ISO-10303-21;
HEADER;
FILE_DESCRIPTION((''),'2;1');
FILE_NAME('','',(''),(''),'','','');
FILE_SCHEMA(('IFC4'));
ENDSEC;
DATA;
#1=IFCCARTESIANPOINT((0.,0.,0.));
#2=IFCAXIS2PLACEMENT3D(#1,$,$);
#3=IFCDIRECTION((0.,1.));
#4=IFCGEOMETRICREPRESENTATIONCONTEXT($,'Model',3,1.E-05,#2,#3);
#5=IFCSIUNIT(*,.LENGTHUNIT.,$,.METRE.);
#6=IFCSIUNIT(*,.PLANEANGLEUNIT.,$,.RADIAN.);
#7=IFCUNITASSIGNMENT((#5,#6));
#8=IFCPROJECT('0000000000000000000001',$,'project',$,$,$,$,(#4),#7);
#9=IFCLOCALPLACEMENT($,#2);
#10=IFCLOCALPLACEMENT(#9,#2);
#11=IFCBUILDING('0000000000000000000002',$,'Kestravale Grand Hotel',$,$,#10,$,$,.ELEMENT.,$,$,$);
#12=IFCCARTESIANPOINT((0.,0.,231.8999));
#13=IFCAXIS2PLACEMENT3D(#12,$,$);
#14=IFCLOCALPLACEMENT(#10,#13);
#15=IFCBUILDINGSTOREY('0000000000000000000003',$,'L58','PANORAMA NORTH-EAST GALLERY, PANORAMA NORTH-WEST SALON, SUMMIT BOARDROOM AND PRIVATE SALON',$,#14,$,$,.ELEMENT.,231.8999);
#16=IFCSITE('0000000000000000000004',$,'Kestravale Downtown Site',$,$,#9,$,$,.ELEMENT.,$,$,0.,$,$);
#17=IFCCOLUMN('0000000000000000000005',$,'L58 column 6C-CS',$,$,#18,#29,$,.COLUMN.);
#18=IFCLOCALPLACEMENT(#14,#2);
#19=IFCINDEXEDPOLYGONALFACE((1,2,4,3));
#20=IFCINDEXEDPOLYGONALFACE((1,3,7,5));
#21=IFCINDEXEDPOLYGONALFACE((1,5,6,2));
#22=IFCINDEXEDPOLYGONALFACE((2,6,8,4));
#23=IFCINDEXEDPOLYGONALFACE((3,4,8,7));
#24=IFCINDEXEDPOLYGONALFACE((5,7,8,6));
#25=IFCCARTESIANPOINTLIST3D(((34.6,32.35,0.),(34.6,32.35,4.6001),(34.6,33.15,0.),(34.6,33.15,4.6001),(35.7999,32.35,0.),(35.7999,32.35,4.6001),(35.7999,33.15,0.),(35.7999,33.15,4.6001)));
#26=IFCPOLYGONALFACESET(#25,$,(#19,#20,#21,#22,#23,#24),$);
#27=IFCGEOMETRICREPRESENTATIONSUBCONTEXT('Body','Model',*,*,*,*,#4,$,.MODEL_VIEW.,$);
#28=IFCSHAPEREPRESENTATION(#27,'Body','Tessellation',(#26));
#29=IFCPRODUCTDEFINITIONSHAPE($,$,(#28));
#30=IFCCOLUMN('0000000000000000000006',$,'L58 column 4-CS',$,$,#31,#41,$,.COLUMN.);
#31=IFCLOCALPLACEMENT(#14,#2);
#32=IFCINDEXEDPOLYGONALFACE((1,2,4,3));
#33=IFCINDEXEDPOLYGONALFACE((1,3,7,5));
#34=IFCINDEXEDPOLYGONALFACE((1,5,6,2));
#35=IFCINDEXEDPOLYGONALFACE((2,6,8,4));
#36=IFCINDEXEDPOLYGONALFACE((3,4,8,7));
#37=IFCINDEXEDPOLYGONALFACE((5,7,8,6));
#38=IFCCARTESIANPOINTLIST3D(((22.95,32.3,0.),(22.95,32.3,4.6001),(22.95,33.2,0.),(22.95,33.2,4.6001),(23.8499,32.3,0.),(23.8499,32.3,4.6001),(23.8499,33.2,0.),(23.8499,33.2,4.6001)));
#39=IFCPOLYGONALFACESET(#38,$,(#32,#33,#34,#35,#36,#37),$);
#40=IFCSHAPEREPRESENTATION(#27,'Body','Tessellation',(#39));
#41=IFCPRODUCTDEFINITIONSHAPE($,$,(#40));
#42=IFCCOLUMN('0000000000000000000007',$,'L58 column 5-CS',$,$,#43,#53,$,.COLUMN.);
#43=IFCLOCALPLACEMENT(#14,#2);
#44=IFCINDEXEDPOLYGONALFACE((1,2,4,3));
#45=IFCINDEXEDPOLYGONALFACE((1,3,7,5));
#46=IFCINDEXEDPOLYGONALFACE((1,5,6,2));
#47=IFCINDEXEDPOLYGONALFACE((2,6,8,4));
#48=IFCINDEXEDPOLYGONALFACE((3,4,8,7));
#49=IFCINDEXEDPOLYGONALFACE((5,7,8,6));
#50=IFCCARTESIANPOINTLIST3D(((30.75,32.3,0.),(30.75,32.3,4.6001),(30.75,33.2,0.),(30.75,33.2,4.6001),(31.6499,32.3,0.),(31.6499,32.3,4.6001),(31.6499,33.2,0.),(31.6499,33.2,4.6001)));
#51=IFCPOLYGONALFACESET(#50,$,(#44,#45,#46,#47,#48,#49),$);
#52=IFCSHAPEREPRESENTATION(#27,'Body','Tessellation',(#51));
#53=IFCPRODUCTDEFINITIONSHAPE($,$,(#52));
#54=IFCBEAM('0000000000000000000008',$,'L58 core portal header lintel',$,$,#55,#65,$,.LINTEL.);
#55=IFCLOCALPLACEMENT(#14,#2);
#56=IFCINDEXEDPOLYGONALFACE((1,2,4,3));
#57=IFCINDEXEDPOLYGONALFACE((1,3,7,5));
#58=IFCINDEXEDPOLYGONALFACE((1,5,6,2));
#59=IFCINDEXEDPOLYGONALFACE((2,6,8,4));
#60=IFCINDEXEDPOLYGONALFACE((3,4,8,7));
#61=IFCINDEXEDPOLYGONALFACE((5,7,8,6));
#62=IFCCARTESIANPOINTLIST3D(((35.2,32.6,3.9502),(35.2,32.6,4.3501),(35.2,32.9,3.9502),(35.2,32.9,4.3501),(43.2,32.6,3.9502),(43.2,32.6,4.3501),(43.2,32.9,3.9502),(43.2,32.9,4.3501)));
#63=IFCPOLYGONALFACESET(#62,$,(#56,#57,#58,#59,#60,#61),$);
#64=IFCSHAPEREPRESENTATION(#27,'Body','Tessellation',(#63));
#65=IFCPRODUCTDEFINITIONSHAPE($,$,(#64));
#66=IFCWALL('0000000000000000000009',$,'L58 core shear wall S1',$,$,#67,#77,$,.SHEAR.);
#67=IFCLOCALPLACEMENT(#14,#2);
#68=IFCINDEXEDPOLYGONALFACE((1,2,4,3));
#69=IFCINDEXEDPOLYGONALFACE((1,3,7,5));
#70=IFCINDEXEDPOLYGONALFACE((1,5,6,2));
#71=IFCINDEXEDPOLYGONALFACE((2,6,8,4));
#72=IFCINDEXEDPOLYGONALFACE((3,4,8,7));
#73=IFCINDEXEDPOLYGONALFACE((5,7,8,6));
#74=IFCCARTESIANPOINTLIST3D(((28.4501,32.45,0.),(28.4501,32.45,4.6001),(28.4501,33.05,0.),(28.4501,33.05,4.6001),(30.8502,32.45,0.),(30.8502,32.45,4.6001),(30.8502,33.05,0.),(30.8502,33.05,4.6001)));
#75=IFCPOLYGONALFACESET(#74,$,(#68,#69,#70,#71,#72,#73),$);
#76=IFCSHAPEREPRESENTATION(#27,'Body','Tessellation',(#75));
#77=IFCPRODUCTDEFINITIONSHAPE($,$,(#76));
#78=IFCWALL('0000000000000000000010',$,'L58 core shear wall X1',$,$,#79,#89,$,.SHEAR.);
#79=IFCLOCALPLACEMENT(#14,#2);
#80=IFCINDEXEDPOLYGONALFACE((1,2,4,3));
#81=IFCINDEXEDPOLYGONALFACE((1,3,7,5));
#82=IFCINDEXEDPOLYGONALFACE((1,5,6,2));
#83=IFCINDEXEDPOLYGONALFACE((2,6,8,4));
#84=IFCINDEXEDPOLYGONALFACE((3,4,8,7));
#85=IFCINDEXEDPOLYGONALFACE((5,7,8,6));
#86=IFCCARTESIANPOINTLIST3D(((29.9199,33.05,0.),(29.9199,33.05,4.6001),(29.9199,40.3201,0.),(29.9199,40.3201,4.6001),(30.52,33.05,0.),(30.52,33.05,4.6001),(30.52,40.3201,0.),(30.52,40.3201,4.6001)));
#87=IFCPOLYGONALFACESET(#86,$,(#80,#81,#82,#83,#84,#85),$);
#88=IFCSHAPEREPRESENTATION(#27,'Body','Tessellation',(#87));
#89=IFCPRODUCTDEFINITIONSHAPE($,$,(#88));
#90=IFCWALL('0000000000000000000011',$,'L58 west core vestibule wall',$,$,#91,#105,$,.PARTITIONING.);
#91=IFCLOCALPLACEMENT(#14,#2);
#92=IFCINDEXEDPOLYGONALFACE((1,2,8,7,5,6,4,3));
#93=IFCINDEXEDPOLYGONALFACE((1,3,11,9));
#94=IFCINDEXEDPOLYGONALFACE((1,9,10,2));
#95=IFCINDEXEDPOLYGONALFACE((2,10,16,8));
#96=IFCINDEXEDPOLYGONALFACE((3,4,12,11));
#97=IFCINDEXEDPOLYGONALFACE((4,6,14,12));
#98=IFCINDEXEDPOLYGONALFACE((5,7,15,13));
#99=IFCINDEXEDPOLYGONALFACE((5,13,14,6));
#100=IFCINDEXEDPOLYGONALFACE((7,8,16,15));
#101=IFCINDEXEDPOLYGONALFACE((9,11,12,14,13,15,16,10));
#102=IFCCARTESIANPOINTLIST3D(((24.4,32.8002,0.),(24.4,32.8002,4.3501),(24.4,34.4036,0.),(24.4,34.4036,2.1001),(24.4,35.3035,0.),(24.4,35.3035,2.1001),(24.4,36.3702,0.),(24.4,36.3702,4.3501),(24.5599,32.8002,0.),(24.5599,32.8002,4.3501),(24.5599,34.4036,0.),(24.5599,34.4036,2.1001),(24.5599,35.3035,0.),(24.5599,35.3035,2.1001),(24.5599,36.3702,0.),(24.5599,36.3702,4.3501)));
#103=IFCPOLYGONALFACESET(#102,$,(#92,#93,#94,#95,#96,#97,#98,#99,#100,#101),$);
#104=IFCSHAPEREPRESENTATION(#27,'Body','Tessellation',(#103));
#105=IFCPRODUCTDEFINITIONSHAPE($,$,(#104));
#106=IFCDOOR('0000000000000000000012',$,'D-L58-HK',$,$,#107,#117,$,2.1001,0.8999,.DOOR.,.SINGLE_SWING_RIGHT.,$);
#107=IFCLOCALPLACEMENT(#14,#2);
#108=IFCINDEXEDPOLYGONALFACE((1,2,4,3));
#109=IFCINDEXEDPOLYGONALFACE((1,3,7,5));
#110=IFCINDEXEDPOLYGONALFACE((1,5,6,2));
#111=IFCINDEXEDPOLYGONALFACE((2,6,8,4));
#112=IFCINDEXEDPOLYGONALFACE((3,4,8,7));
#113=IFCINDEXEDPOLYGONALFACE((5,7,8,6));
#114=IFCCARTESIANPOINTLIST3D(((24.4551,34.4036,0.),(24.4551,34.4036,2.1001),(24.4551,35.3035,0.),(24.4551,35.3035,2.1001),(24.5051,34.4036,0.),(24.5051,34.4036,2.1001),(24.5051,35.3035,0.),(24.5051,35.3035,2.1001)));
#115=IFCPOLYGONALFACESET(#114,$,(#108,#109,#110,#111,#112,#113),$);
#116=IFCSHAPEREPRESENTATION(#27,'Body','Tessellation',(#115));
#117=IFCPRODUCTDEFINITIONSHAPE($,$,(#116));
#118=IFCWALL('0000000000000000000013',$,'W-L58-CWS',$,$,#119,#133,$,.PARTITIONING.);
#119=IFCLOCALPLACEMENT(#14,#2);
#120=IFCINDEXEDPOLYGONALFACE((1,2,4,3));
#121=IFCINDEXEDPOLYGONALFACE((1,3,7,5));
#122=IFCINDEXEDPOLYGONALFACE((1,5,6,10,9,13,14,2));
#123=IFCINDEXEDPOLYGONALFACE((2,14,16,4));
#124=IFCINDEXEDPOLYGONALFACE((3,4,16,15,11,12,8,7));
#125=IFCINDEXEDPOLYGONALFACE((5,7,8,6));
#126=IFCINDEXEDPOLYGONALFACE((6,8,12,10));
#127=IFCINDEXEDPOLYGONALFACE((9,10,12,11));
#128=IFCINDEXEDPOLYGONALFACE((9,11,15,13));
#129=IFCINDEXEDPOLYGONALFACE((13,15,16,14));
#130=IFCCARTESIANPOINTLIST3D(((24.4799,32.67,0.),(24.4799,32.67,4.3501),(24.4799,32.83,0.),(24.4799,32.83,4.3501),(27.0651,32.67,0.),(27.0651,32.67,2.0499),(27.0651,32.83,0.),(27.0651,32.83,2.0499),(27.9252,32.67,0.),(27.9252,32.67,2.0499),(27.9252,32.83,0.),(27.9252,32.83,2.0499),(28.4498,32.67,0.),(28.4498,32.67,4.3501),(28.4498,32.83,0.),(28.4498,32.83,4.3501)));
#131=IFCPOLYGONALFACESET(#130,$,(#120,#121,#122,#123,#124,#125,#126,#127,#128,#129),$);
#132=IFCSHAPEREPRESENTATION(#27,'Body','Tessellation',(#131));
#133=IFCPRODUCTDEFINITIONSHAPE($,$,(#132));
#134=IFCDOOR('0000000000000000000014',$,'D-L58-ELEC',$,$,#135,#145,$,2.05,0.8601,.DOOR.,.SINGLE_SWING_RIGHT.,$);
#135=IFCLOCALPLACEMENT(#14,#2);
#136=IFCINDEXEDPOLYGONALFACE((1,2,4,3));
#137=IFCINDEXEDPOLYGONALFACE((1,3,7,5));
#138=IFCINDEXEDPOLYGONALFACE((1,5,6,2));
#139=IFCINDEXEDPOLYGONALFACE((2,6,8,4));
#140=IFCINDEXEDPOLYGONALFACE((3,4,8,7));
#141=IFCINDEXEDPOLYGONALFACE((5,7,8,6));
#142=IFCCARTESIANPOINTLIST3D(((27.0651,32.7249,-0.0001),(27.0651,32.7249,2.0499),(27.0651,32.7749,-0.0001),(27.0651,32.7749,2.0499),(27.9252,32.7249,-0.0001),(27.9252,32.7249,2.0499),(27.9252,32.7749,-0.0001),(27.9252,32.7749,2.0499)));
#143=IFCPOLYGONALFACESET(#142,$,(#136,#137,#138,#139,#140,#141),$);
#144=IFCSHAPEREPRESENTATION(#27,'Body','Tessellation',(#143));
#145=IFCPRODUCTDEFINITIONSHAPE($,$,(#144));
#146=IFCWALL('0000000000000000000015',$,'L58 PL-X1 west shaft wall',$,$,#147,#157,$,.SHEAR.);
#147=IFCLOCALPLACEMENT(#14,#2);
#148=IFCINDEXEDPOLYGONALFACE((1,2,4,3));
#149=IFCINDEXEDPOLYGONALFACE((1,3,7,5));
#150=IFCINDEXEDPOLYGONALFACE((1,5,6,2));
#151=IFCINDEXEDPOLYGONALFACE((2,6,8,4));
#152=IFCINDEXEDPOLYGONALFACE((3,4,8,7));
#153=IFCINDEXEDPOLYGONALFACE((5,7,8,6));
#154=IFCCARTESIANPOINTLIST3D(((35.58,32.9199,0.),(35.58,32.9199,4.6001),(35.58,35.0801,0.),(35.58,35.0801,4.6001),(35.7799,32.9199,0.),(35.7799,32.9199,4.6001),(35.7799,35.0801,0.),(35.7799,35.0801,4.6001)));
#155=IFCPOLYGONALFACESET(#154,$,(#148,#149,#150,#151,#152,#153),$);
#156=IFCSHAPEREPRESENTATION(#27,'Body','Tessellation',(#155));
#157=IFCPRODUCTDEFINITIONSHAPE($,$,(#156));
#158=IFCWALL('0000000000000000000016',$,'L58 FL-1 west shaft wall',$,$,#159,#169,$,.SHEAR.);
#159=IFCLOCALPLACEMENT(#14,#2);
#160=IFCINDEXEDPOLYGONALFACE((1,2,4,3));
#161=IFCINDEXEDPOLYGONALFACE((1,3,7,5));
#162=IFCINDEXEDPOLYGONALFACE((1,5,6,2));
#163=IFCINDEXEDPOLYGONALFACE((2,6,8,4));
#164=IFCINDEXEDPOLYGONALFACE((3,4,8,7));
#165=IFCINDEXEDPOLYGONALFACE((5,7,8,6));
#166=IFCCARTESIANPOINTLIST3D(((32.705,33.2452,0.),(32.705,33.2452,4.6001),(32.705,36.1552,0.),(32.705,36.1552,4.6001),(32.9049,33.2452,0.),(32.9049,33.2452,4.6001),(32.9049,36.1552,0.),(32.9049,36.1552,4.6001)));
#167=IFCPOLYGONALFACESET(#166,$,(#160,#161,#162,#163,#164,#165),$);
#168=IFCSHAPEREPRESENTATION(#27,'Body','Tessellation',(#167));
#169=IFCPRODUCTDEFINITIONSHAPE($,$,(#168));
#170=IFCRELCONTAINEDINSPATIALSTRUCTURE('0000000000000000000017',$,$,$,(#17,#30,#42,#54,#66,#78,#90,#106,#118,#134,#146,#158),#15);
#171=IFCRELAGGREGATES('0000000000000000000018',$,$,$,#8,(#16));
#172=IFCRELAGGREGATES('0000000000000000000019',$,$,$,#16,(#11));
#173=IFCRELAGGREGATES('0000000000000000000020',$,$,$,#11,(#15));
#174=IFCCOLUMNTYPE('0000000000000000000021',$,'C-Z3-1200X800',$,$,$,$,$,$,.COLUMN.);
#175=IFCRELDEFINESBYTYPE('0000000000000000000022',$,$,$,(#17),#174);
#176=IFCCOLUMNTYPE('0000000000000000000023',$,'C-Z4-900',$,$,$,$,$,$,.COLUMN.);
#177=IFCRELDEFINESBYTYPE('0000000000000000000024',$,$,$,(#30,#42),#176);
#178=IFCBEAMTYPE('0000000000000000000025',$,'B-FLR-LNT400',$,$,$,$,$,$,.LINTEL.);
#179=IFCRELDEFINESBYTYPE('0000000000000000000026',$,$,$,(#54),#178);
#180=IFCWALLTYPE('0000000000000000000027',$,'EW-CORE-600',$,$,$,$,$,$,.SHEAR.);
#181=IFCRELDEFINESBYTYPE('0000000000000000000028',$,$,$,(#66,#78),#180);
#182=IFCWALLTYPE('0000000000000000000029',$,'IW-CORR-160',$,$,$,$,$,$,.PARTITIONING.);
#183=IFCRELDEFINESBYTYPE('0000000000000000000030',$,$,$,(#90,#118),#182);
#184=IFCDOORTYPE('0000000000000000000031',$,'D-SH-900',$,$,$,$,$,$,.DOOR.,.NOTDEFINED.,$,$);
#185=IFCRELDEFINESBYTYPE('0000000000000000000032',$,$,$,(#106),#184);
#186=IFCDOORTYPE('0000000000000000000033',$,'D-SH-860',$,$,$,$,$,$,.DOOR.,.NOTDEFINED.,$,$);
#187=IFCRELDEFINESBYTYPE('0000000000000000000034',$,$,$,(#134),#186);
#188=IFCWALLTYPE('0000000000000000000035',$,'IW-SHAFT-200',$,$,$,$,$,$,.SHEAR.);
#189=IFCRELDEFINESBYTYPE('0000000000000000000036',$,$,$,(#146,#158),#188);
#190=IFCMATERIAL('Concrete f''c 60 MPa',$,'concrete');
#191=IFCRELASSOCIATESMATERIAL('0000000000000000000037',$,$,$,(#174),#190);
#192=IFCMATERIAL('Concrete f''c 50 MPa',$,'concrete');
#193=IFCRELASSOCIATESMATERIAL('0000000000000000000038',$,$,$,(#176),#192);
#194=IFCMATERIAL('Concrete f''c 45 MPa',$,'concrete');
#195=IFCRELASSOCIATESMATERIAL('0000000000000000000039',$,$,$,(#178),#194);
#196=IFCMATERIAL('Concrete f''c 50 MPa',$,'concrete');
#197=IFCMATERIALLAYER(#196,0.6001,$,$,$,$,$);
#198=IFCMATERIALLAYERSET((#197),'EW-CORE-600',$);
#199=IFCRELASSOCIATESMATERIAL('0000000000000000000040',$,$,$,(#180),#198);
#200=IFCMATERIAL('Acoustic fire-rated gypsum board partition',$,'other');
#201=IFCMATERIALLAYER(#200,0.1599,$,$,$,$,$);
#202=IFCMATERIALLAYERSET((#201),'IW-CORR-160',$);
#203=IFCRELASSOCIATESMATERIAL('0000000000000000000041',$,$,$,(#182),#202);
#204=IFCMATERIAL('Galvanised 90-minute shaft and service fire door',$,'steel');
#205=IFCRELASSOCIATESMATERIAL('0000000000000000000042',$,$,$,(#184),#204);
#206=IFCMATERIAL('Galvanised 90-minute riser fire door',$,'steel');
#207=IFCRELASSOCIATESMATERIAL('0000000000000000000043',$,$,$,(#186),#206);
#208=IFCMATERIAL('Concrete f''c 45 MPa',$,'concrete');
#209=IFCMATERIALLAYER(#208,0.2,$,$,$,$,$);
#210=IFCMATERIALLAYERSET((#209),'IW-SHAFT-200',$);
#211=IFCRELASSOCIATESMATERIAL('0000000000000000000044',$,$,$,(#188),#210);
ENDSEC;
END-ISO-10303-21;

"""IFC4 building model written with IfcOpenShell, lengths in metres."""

from ifc_helpers import new_model, si_unit, direction, frame, frame_2d, origin, origin_2d, place, context, subcontext, project, spatial, rectangle, extrude, material, layer, layer_set, material_profile, profile_set, type_object, element, fill, save


model = new_model("IFC4")

# Units and contexts
model_context = context("Model", 3, precision=1e-05, world=origin(), true_north=direction((0.0, 1.0)))
body_context = subcontext(model_context, "Body", "Model", "MODEL_VIEW")
ifc_project = project(units=[si_unit("LENGTHUNIT", "METRE"), si_unit("PLANEANGLEUNIT", "RADIAN")], contexts=[model_context])

# Site, building, storey
site_placement = place(None, origin())
site = spatial("IfcSite", under=ifc_project, at=site_placement, Name="Kestravale Downtown Site", CompositionType="ELEMENT", RefElevation=0.0)
building_placement = place(site_placement, origin())
building = spatial("IfcBuilding", under=site, at=building_placement, Name="Kestravale Grand Hotel", CompositionType="ELEMENT")
storey_placement = place(building_placement, frame((0.0, 0.0, 231.8999)))
storey = spatial("IfcBuildingStorey", under=building, at=storey_placement, Name="L58", Description="PANORAMA NORTH-EAST GALLERY, PANORAMA NORTH-WEST SALON, SUMMIT BOARDROOM AND PRIVATE SALON", CompositionType="ELEMENT", Elevation=231.8999)

# Columns
ifc_material_1 = material(Name="Concrete f'c 60 MPa", Category="concrete")
ifc_material_profile_1 = material_profile(ifc_material_1, rectangle(XDim=1.2, YDim=0.8, at=origin_2d()))
ifc_profile_set_1 = profile_set([ifc_material_profile_1], Name="Concrete f'c 60 MPa")
column_type_1 = type_object("IfcColumnType", Name="C-Z3-1200X800", PredefinedType="COLUMN", material=ifc_profile_set_1)
column_placement = place(storey_placement, frame((35.2, 32.75, 0.0), z_axis=(0.0, 0.0, 1.0), x_axis=(1.0, 0.0, 0.0)))
element("IfcColumn", 1, at=column_placement, inside=storey, type_object=column_type_1, Name="L58 column 6C-CS", PredefinedType="COLUMN", context=body_context, shape_type="SweptSolid", body=[
    extrude(rectangle(XDim=1.2, YDim=0.8, at=origin_2d()), origin(), (0.0, 0.0, 1.0), 4.6001),
])
ifc_material_2 = material(Name="Concrete f'c 50 MPa", Category="concrete")
ifc_material_profile_2 = material_profile(ifc_material_2, rectangle(XDim=0.8999, YDim=0.8999, at=origin_2d()))
ifc_profile_set_2 = profile_set([ifc_material_profile_2], Name="Concrete f'c 50 MPa")
column_type_2 = type_object("IfcColumnType", Name="C-Z4-900", PredefinedType="COLUMN", material=ifc_profile_set_2)
for number, where, z_axis, x_axis, name in (
    (2, (23.3999, 32.75, 0.0), (0.0, 0.0, 1.0), (1.0, 0.0, 0.0), "L58 column 4-CS"),
    (3, (31.2, 32.75, 0.0), (0.0, 0.0, 1.0), (1.0, 0.0, 0.0), "L58 column 5-CS"),
):
    element("IfcColumn", number, at=place(storey_placement, frame(where, z_axis=z_axis, x_axis=x_axis)), inside=storey, type_object=column_type_2, Name=name, PredefinedType="COLUMN", context=body_context, shape_type="SweptSolid", body=[
        extrude(rectangle(XDim=0.8999, YDim=0.8999, at=origin_2d()), origin(), (0.0, 0.0, 1.0), 4.6001),
    ])

# Beam
ifc_material_3 = material(Name="Concrete f'c 45 MPa", Category="concrete")
ifc_material_profile_3 = material_profile(ifc_material_3, rectangle(XDim=0.3, YDim=0.3999, at=origin_2d()))
ifc_profile_set_3 = profile_set([ifc_material_profile_3], Name="Concrete f'c 45 MPa")
beam_type = type_object("IfcBeamType", Name="B-FLR-LNT400", PredefinedType="LINTEL", material=ifc_profile_set_3)
beam_placement = place(storey_placement, frame((35.2, 32.75, 4.1501), z_axis=(1.0, 0.0, 0.0), x_axis=(0.0, 1.0, 0.0)))
element("IfcBeam", 4, at=beam_placement, inside=storey, type_object=beam_type, Name="L58 core portal header lintel", PredefinedType="LINTEL", context=body_context, shape_type="SweptSolid", body=[
    extrude(rectangle(XDim=0.3, YDim=0.3999, at=origin_2d()), origin(), (0.0, 0.0, 1.0), 8.0),
])

# Walls
ifc_material_4 = material(Name="Concrete f'c 50 MPa", Category="concrete")
ifc_layer_1 = layer(ifc_material_4, 0.6001)
ifc_layer_set_1 = layer_set([ifc_layer_1], Name="EW-CORE-600")
wall_type_1 = type_object("IfcWallType", Name="EW-CORE-600", PredefinedType="SHEAR", material=ifc_layer_set_1)
wall_1_placement = place(storey_placement, frame((28.45, 32.75, 0.0), z_axis=(0.0, 0.0, 1.0), x_axis=(1.0, 0.0, 0.0)))
element("IfcWall", 5, at=wall_1_placement, inside=storey, type_object=wall_type_1, Name="L58 core shear wall S1", PredefinedType="SHEAR", context=body_context, shape_type="SweptSolid", body=[
    extrude(rectangle(XDim=2.4001, YDim=0.6001, at=frame_2d((1.2002, 0.0))), origin(), (0.0, 0.0, 1.0), 4.6001),
])
wall_2_placement = place(storey_placement, frame((30.22, 33.05, 0.0), z_axis=(0.0, 0.0, 1.0), x_axis=(0.0, 1.0, 0.0)))
element("IfcWall", 6, at=wall_2_placement, inside=storey, type_object=wall_type_1, Name="L58 core shear wall X1", PredefinedType="SHEAR", context=body_context, shape_type="SweptSolid", body=[
    extrude(rectangle(XDim=7.27, YDim=0.6001, at=frame_2d((3.635, 0.0))), origin(), (0.0, 0.0, 1.0), 4.6001),
])

# Walls, openings, doors
ifc_material_5 = material(Name="Acoustic fire-rated gypsum board partition", Category="other")
ifc_layer_2 = layer(ifc_material_5, 0.1599)
ifc_layer_set_2 = layer_set([ifc_layer_2], Name="IW-CORR-160")
wall_type_2 = type_object("IfcWallType", Name="IW-CORR-160", PredefinedType="PARTITIONING", material=ifc_layer_set_2)
wall_3_placement = place(storey_placement, frame((24.48, 32.8, 0.0), z_axis=(0.0, 0.0, 1.0), x_axis=(0.0, 1.0, 0.0)))
wall_3 = element("IfcWall", 7, at=wall_3_placement, inside=storey, type_object=wall_type_2, Name="L58 west core vestibule wall", PredefinedType="PARTITIONING", context=body_context, shape_type="SweptSolid", body=[
    extrude(rectangle(XDim=3.5701, YDim=0.1599, at=frame_2d((1.7852, 0.0))), origin(), (0.0, 0.0, 1.0), 4.3501),
])
opening_1_placement = place(wall_3_placement, frame((1.6035, 0.0, 0.0)))
opening_1 = element("IfcOpeningElement", 8, at=opening_1_placement, cuts=wall_3, PredefinedType="OPENING", context=body_context, shape_type="SweptSolid", body=[
    extrude(rectangle(XDim=0.8999, YDim=2.1001, at=frame_2d((0.45, 1.05))), frame((0.0, 0.0898, 0.0), z_axis=(0.0, -1.0, 0.0), x_axis=(1.0, 0.0, 0.0)), (0.0, 0.0, 1.0), 0.1799),
])
ifc_material_6 = material(Name="Galvanised 90-minute shaft and service fire door", Category="steel")
door_type_1 = type_object("IfcDoorType", Name="D-SH-900", OperationType="NOTDEFINED", PredefinedType="DOOR", material=ifc_material_6)
door_1_placement = place(opening_1_placement, origin())
door_1 = element("IfcDoor", 9, at=door_1_placement, inside=storey, type_object=door_type_1, Name="D-L58-HK", OperationType="SINGLE_SWING_RIGHT", OverallHeight=2.1001, OverallWidth=0.8999, PredefinedType="DOOR", context=body_context, shape_type="SweptSolid", body=[
    extrude(rectangle(XDim=0.8999, YDim=2.1001, at=frame_2d((0.45, 1.05))), frame((0.0, 0.0249, 0.0), z_axis=(0.0, -1.0, 0.0), x_axis=(1.0, 0.0, 0.0)), (0.0, 0.0, 1.0), 0.05),
])
fill(opening_1, door_1)
wall_4_placement = place(storey_placement, frame((24.48, 32.75, 0.0), z_axis=(0.0, 0.0, 1.0), x_axis=(1.0, 0.0, 0.0)))
wall_4 = element("IfcWall", 10, at=wall_4_placement, inside=storey, type_object=wall_type_2, Name="W-L58-CWS", PredefinedType="PARTITIONING", context=body_context, shape_type="SweptSolid", body=[
    extrude(rectangle(XDim=3.97, YDim=0.1599, at=frame_2d((1.9849, 0.0))), origin(), (0.0, 0.0, 1.0), 4.3501),
])
opening_2_placement = place(wall_4_placement, frame((2.585, 0.0, 0.0)))
opening_2 = element("IfcOpeningElement", 11, at=opening_2_placement, cuts=wall_4, PredefinedType="OPENING", context=body_context, shape_type="SweptSolid", body=[
    extrude(rectangle(XDim=0.8601, YDim=2.05, at=frame_2d((0.4302, 1.0249))), frame((0.0, 0.0898, 0.0), z_axis=(0.0, -1.0, 0.0), x_axis=(1.0, 0.0, 0.0)), (0.0, 0.0, 1.0), 0.1799),
])
ifc_material_7 = material(Name="Galvanised 90-minute riser fire door", Category="steel")
door_type_2 = type_object("IfcDoorType", Name="D-SH-860", OperationType="NOTDEFINED", PredefinedType="DOOR", material=ifc_material_7)
door_2_placement = place(opening_2_placement, origin())
door_2 = element("IfcDoor", 12, at=door_2_placement, inside=storey, type_object=door_type_2, Name="D-L58-ELEC", OperationType="SINGLE_SWING_RIGHT", OverallHeight=2.05, OverallWidth=0.8601, PredefinedType="DOOR", context=body_context, shape_type="SweptSolid", body=[
    extrude(rectangle(XDim=0.8601, YDim=2.05, at=frame_2d((0.4302, 1.0249))), frame((0.0, 0.0249, 0.0), z_axis=(0.0, -1.0, 0.0), x_axis=(1.0, 0.0, 0.0)), (0.0, 0.0, 1.0), 0.05),
])
fill(opening_2, door_2)

# Walls
ifc_material_8 = material(Name="Concrete f'c 45 MPa", Category="concrete")
ifc_layer_3 = layer(ifc_material_8, 0.2)
ifc_layer_set_3 = layer_set([ifc_layer_3], Name="IW-SHAFT-200")
wall_type_3 = type_object("IfcWallType", Name="IW-SHAFT-200", PredefinedType="SHEAR", material=ifc_layer_set_3)
wall_5_placement = place(storey_placement, frame((35.6799, 32.9199, 0.0), z_axis=(0.0, 0.0, 1.0), x_axis=(0.0, 1.0, 0.0)))
element("IfcWall", 13, at=wall_5_placement, inside=storey, type_object=wall_type_3, Name="L58 PL-X1 west shaft wall", PredefinedType="SHEAR", context=body_context, shape_type="SweptSolid", body=[
    extrude(rectangle(XDim=2.1602, YDim=0.2, at=frame_2d((1.0801, 0.0))), origin(), (0.0, 0.0, 1.0), 4.6001),
])
for number, where, z_axis, x_axis, name in (
    (14, (32.8049, 33.2451, 0.0), (0.0, 0.0, 1.0), (0.0, 1.0, 0.0), "L58 FL-1 west shaft wall"),
):
    element("IfcWall", number, at=place(storey_placement, frame(where, z_axis=z_axis, x_axis=x_axis)), inside=storey, type_object=wall_type_3, Name=name, PredefinedType="SHEAR", context=body_context, shape_type="SweptSolid", body=[
        extrude(rectangle(XDim=2.9099, YDim=0.2, at=frame_2d((1.4551, 0.0))), origin(), (0.0, 0.0, 1.0), 4.6001),
    ])

save(model, "model.ifc")
